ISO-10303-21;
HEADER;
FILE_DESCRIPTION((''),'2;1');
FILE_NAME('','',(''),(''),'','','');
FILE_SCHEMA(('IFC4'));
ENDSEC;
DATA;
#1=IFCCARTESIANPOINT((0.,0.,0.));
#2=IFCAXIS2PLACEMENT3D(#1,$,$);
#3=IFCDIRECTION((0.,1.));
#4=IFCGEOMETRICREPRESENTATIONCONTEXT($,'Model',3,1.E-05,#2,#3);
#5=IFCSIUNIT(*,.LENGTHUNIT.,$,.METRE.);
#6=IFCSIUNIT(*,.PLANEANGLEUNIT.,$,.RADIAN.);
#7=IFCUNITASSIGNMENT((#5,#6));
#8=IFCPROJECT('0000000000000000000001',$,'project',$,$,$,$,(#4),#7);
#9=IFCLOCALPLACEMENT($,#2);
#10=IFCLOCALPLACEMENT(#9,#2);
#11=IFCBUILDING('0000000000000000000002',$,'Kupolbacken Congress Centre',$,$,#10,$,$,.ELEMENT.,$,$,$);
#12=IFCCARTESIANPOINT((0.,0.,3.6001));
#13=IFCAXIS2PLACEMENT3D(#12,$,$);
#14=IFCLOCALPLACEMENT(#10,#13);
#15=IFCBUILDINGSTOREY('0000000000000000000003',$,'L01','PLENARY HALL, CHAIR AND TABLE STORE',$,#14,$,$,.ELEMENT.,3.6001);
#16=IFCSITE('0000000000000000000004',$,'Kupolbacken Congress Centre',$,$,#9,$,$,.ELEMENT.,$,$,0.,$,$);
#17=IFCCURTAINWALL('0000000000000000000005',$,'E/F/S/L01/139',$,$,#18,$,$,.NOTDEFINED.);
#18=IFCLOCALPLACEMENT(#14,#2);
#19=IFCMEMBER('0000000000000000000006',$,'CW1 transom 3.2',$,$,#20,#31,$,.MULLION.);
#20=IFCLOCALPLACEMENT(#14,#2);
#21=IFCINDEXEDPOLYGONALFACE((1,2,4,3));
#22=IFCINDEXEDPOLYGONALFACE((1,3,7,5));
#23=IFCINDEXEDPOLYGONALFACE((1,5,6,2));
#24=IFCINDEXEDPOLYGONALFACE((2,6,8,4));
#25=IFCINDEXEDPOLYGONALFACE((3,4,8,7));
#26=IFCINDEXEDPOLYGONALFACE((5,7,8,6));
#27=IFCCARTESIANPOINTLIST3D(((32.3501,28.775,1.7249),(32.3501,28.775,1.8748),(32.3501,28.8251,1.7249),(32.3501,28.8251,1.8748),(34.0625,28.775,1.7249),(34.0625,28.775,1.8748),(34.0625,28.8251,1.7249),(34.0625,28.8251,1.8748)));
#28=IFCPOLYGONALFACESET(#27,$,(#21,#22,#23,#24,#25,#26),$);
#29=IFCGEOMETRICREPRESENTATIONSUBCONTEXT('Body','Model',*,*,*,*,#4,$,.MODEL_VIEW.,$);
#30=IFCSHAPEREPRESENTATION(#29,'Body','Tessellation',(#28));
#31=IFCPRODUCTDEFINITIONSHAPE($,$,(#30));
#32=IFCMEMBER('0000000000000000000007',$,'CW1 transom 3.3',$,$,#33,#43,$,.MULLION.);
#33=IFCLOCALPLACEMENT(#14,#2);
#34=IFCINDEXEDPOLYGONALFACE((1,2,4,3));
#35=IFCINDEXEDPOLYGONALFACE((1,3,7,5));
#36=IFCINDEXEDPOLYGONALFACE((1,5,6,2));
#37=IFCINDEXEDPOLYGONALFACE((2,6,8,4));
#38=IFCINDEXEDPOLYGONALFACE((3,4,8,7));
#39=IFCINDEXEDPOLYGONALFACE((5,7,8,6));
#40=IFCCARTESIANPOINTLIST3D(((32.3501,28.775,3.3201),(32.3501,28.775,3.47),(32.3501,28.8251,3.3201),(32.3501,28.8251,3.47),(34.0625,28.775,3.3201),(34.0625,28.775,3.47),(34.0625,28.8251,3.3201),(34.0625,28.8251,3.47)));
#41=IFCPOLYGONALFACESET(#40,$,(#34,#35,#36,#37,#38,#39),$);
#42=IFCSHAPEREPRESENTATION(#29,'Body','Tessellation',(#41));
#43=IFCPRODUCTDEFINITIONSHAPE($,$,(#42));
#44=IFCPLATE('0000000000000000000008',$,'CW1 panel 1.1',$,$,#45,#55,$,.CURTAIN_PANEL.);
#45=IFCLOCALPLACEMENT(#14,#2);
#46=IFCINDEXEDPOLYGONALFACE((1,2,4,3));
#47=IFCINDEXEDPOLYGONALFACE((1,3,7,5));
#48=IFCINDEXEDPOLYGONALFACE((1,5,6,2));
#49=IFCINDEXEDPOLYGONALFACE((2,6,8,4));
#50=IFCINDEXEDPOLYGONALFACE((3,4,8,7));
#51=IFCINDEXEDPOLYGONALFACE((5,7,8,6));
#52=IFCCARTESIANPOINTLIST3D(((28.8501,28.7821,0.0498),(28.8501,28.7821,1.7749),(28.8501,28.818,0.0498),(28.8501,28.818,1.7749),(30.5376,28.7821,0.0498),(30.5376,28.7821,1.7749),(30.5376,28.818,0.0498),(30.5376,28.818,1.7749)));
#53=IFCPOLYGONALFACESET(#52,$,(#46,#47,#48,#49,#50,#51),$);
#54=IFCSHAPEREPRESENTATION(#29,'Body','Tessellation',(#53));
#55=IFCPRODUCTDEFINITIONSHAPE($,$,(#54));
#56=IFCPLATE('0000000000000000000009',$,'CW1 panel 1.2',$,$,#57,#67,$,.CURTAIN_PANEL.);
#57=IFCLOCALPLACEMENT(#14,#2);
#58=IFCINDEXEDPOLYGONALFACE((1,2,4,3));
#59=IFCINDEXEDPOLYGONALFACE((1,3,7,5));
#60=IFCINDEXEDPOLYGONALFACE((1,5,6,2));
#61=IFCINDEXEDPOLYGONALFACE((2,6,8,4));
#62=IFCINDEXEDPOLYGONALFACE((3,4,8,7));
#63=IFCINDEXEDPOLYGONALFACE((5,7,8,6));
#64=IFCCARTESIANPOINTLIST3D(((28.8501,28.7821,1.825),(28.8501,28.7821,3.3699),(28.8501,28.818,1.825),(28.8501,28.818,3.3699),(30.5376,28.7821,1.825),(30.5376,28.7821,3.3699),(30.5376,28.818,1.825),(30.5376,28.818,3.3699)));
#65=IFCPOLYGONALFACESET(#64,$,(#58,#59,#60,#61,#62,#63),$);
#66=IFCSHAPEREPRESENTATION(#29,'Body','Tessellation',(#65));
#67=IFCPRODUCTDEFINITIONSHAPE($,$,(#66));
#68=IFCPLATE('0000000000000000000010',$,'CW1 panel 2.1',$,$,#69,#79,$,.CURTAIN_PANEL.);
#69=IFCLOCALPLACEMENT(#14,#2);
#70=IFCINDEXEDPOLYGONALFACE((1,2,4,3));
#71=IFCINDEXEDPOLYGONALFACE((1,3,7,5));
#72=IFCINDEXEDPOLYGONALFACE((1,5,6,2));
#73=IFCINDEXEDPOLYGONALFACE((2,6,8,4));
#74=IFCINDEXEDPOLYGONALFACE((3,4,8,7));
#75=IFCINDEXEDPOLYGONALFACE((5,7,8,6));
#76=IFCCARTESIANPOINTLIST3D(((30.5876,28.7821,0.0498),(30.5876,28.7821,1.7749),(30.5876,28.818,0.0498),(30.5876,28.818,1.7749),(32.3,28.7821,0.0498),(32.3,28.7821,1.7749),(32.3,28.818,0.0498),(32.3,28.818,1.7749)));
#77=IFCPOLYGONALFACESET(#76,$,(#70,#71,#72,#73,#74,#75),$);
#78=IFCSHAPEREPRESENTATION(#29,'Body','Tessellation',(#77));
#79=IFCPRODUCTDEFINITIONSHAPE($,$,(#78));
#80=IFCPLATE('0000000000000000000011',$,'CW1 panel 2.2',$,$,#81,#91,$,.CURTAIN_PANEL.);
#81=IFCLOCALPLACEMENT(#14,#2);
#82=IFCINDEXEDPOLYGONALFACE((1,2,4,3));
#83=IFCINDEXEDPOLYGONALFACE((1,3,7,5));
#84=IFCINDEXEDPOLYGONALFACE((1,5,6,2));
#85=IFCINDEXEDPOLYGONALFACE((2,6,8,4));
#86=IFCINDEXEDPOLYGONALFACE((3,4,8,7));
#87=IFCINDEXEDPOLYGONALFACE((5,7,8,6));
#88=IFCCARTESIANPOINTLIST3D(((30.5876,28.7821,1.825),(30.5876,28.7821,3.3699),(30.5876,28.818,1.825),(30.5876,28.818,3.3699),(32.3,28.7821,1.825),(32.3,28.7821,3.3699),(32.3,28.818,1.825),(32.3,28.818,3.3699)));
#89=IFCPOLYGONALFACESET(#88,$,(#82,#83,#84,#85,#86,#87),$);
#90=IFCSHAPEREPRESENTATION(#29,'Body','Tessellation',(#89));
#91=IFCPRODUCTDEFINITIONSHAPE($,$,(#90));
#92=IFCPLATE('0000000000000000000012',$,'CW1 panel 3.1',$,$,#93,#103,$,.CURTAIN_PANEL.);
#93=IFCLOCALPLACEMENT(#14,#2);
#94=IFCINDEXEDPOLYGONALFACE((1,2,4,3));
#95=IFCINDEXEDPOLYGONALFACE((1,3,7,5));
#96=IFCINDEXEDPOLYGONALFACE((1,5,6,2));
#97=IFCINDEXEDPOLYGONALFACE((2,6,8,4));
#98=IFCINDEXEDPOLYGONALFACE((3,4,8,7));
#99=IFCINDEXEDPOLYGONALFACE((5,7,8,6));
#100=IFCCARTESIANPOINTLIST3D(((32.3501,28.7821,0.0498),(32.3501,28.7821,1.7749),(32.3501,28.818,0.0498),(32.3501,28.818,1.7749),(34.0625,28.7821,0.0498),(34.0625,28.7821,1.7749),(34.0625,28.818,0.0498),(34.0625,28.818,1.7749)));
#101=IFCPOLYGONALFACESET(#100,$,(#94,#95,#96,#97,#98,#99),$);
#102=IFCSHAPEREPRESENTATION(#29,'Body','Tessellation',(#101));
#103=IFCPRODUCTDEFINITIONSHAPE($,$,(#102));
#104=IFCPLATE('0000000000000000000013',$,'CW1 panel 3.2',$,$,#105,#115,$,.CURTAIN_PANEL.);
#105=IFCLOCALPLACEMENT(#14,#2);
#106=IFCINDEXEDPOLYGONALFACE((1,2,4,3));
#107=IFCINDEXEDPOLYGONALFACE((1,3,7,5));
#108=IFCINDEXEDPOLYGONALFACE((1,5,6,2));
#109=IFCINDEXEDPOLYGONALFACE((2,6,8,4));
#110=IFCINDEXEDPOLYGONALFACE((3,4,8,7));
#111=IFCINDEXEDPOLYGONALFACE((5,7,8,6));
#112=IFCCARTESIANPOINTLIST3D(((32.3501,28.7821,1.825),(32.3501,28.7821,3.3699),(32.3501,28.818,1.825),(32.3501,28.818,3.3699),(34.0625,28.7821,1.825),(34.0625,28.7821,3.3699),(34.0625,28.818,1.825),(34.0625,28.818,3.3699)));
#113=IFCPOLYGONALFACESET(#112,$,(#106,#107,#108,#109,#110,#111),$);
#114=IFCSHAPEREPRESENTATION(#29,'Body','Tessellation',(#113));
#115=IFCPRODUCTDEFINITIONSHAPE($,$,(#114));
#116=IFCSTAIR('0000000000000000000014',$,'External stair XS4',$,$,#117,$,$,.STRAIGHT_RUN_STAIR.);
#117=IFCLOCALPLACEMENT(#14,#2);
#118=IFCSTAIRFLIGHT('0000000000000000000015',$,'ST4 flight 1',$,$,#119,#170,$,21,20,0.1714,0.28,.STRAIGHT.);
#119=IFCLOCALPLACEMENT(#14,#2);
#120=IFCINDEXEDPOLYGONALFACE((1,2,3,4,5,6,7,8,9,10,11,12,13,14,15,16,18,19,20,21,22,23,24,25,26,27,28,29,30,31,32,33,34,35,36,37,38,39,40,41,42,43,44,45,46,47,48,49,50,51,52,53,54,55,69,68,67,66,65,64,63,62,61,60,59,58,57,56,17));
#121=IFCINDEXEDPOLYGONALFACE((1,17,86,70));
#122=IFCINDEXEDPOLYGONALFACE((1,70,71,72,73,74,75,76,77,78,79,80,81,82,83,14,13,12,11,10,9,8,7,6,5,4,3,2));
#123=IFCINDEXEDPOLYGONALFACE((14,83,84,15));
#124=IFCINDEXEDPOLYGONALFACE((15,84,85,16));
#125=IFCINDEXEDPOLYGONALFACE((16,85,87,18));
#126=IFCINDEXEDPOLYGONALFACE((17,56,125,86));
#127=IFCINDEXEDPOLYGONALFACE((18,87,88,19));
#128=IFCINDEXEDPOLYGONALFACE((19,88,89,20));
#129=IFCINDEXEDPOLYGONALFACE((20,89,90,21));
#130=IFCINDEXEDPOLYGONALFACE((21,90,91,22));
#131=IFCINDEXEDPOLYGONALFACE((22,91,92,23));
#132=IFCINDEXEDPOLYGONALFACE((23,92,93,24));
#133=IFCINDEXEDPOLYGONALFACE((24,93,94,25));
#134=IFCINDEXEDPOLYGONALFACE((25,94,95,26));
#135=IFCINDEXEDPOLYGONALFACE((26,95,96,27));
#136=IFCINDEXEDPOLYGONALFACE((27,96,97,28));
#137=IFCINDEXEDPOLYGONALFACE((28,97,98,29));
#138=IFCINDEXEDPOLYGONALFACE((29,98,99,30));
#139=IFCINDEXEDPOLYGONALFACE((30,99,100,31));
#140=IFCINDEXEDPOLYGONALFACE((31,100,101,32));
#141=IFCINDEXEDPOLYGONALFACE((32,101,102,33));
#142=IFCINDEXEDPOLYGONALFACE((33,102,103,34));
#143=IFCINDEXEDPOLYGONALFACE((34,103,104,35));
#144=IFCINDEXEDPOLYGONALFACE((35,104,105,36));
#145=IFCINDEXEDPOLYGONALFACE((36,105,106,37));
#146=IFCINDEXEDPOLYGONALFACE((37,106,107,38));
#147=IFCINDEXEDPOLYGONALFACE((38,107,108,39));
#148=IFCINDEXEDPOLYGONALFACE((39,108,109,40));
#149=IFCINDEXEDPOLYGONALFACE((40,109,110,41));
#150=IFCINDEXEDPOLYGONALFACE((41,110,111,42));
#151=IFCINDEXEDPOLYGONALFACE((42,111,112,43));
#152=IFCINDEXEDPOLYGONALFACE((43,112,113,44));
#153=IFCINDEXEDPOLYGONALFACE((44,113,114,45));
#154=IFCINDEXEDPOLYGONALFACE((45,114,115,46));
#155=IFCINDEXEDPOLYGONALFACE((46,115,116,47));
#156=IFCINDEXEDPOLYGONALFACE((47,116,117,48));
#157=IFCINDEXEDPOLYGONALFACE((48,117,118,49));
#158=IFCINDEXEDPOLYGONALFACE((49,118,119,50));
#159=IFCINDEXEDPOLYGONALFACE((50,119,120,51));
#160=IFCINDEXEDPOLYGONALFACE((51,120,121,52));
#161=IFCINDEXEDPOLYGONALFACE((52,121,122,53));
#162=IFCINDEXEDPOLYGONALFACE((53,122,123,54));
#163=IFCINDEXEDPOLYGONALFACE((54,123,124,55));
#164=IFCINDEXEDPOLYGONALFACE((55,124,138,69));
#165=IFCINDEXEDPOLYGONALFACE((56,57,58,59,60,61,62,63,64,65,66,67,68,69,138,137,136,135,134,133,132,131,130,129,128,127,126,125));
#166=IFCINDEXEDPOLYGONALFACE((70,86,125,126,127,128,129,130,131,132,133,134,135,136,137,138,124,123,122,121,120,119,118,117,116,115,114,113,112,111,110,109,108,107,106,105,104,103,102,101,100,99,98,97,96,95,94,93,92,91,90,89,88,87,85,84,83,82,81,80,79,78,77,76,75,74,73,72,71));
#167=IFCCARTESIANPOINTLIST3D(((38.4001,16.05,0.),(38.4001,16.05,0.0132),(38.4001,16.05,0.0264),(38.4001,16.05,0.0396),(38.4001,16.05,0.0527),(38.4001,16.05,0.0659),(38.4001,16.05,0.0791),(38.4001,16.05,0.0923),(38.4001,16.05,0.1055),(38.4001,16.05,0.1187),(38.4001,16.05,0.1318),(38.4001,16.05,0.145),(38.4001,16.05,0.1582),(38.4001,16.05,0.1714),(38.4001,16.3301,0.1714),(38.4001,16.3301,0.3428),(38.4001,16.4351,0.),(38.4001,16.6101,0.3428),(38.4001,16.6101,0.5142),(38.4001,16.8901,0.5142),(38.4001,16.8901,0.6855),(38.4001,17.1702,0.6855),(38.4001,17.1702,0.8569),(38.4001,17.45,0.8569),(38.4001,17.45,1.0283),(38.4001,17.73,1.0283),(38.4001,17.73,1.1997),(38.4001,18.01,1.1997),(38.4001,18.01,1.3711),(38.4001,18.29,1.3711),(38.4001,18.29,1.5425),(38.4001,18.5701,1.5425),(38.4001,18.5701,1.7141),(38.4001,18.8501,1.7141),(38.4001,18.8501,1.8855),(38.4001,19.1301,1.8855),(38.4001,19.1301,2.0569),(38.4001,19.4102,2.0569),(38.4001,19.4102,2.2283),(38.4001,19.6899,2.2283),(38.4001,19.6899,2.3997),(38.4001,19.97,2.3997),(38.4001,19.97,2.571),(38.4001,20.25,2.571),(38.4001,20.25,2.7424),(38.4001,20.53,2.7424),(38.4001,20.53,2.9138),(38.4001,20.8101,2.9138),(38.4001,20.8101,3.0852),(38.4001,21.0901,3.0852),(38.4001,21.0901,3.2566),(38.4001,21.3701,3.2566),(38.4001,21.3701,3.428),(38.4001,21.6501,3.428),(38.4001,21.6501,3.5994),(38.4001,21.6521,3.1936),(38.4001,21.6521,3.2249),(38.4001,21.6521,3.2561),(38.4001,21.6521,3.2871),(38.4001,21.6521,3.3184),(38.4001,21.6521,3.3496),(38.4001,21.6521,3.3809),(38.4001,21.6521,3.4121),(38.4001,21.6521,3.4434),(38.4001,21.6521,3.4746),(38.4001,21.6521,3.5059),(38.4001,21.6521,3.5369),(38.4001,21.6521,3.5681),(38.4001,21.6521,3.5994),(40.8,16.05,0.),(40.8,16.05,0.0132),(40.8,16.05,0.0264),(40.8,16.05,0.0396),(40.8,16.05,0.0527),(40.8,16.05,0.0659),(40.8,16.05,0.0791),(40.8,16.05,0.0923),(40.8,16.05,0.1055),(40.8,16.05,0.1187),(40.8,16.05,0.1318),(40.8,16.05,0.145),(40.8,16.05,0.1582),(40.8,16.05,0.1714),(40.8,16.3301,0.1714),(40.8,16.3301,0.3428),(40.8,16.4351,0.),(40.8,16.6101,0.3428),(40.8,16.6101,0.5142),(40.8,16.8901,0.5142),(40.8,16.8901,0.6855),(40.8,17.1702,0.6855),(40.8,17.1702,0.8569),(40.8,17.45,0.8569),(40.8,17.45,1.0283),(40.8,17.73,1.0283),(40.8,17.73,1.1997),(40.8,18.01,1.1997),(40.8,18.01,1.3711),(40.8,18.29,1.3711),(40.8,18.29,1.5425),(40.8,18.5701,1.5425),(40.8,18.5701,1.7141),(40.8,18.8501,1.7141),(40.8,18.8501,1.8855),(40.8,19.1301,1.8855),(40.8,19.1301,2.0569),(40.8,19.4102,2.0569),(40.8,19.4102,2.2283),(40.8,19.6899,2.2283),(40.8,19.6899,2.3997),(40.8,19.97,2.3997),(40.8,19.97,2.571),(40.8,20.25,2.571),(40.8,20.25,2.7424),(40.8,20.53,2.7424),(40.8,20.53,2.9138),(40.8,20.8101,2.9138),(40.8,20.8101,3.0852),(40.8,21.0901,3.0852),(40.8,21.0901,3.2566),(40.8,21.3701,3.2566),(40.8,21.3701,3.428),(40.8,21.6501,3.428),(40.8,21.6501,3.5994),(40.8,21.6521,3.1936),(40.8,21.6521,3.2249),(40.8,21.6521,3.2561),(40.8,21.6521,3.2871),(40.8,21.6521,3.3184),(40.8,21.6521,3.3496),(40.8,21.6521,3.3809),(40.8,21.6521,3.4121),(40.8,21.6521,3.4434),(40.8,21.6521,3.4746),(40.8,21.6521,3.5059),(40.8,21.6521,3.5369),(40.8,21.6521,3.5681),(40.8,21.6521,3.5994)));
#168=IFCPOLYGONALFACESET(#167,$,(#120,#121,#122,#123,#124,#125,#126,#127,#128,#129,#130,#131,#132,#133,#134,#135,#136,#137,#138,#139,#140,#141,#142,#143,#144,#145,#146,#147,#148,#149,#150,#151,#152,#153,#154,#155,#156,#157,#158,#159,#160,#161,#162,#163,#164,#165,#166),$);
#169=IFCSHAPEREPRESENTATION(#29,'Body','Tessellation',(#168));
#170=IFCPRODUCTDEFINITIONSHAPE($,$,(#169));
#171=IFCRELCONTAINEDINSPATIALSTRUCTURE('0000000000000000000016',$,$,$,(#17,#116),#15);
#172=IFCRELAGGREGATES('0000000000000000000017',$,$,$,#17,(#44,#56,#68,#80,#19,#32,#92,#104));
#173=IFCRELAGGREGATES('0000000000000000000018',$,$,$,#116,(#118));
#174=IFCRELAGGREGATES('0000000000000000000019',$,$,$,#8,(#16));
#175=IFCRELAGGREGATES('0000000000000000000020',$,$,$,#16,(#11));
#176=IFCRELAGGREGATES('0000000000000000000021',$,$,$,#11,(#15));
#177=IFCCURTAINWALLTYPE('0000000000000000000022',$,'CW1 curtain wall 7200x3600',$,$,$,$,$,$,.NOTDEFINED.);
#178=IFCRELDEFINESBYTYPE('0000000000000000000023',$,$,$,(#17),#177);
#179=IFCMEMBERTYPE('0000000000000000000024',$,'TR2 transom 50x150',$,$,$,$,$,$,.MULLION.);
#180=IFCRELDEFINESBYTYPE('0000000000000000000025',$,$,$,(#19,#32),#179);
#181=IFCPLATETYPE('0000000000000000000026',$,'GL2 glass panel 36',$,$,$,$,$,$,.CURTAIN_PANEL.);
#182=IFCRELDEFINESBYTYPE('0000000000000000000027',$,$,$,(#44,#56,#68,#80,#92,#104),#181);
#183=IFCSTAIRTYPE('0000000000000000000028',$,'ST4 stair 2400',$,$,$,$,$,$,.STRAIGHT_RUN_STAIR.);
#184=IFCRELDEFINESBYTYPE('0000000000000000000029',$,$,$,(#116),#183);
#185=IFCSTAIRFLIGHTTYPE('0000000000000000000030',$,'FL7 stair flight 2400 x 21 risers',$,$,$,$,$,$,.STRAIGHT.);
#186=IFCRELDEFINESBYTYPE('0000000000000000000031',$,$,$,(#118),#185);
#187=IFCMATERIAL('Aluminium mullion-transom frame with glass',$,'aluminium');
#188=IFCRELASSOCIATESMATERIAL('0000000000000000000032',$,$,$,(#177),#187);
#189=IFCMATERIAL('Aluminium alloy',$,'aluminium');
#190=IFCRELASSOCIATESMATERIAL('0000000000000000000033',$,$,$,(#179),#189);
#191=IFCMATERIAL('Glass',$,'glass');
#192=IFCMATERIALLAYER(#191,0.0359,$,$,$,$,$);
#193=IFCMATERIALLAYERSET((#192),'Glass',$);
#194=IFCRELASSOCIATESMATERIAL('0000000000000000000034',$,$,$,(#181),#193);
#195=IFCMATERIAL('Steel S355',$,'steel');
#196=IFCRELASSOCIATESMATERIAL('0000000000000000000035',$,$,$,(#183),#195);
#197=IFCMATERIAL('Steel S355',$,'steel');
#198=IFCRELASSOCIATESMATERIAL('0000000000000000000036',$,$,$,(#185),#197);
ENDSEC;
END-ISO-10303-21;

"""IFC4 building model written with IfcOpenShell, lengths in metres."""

from ifc_helpers import new_model, si_unit, direction, frame, origin, origin_2d, place, context, subcontext, project, spatial, polyline, rectangle, outline, extrude, material, layer, layer_set, material_profile, profile_set, type_object, element, aggregate, save


model = new_model("IFC4")

# Units and contexts
model_context = context("Model", 3, precision=1e-05, world=origin(), true_north=direction((0.0, 1.0)))
body_context = subcontext(model_context, "Body", "Model", "MODEL_VIEW")
ifc_project = project(units=[si_unit("LENGTHUNIT", "METRE"), si_unit("PLANEANGLEUNIT", "RADIAN")], contexts=[model_context])

# Site, building, storey
site_placement = place(None, origin())
site = spatial("IfcSite", under=ifc_project, at=site_placement, Name="Kupolbacken Congress Centre", CompositionType="ELEMENT", RefElevation=0.0)
building_placement = place(site_placement, origin())
building = spatial("IfcBuilding", under=site, at=building_placement, Name="Kupolbacken Congress Centre", CompositionType="ELEMENT")
storey_placement = place(building_placement, frame((0.0, 0.0, 3.6001)))
storey = spatial("IfcBuildingStorey", under=building, at=storey_placement, Name="L01", Description="PLENARY HALL, CHAIR AND TABLE STORE", CompositionType="ELEMENT", Elevation=3.6001)

# Curtain wall, members, plates
ifc_material_1 = material(Name="Aluminium mullion-transom frame with glass", Category="aluminium")
curtain_wall_type = type_object("IfcCurtainWallType", Name="CW1 curtain wall 7200x3600", PredefinedType="NOTDEFINED", material=ifc_material_1)
curtain_wall_placement = place(storey_placement, origin())
curtain_wall = element("IfcCurtainWall", 1, at=curtain_wall_placement, inside=storey, type_object=curtain_wall_type, Name="E/F/S/L01/139", PredefinedType="NOTDEFINED")
ifc_material_2 = material(Name="Aluminium alloy", Category="aluminium")
ifc_material_profile_1 = material_profile(ifc_material_2, rectangle(XDim=0.05, YDim=0.1499, at=origin_2d()), Name="50 x 150")
ifc_profile_set_1 = profile_set([ifc_material_profile_1], Name="Aluminium alloy")
member_type_1 = type_object("IfcMemberType", Name="TR2 transom 50x150", PredefinedType="MULLION", material=ifc_profile_set_1)
member_1_placement = place(storey_placement, frame((32.3501, 28.8, 1.7998), z_axis=(1.0, 0.0, 0.0), x_axis=(0.0, 1.0, 0.0)))
member_1 = element("IfcMember", 2, at=member_1_placement, type_object=member_type_1, Name="CW1 transom 3.2", PredefinedType="MULLION", context=body_context, shape_type="SweptSolid", body=[
    extrude(rectangle(XDim=0.05, YDim=0.1499, at=origin_2d()), origin(), (0.0, 0.0, 1.0), 1.7124),
])
member_2_placement = place(storey_placement, frame((32.3501, 28.8, 3.395), z_axis=(1.0, 0.0, 0.0), x_axis=(0.0, 1.0, 0.0)))
member_2 = element("IfcMember", 3, at=member_2_placement, type_object=member_type_1, Name="CW1 transom 3.3", PredefinedType="MULLION", context=body_context, shape_type="SweptSolid", body=[
    extrude(rectangle(XDim=0.05, YDim=0.1499, at=origin_2d()), origin(), (0.0, 0.0, 1.0), 1.7124),
])
ifc_material_3 = material(Name="Glass", Category="glass")
ifc_layer_1 = layer(ifc_material_3, 0.0359)
ifc_layer_set_1 = layer_set([ifc_layer_1], Name="Glass")
plate_type = type_object("IfcPlateType", Name="GL2 glass panel 36", PredefinedType="CURTAIN_PANEL", material=ifc_layer_set_1)
plate_1_placement = place(storey_placement, frame((29.6938, 28.8, 0.0498), z_axis=(0.0, 0.0, 1.0), x_axis=(1.0, 0.0, 0.0)))
plate_1 = element("IfcPlate", 4, at=plate_1_placement, type_object=plate_type, Name="CW1 panel 1.1", PredefinedType="CURTAIN_PANEL", context=body_context, shape_type="SweptSolid", body=[
    extrude(rectangle(XDim=1.6875, YDim=0.0359, at=origin_2d()), origin(), (0.0, 0.0, 1.0), 1.7251),
])
plate_2_placement = place(storey_placement, frame((29.6938, 28.8, 1.825), z_axis=(0.0, 0.0, 1.0), x_axis=(1.0, 0.0, 0.0)))
plate_2 = element("IfcPlate", 5, at=plate_2_placement, type_object=plate_type, Name="CW1 panel 1.2", PredefinedType="CURTAIN_PANEL", context=body_context, shape_type="SweptSolid", body=[
    extrude(rectangle(XDim=1.6875, YDim=0.0359, at=origin_2d()), origin(), (0.0, 0.0, 1.0), 1.5449),
])
plate_3_placement = place(storey_placement, frame((31.4438, 28.8, 0.0498), z_axis=(0.0, 0.0, 1.0), x_axis=(1.0, 0.0, 0.0)))
plate_3 = element("IfcPlate", 6, at=plate_3_placement, type_object=plate_type, Name="CW1 panel 2.1", PredefinedType="CURTAIN_PANEL", context=body_context, shape_type="SweptSolid", body=[
    extrude(rectangle(XDim=1.7124, YDim=0.0359, at=origin_2d()), origin(), (0.0, 0.0, 1.0), 1.7251),
])
plate_4_placement = place(storey_placement, frame((31.4438, 28.8, 1.825), z_axis=(0.0, 0.0, 1.0), x_axis=(1.0, 0.0, 0.0)))
plate_4 = element("IfcPlate", 7, at=plate_4_placement, type_object=plate_type, Name="CW1 panel 2.2", PredefinedType="CURTAIN_PANEL", context=body_context, shape_type="SweptSolid", body=[
    extrude(rectangle(XDim=1.7124, YDim=0.0359, at=origin_2d()), origin(), (0.0, 0.0, 1.0), 1.5449),
])
plate_5_placement = place(storey_placement, frame((33.2063, 28.8, 0.0498), z_axis=(0.0, 0.0, 1.0), x_axis=(1.0, 0.0, 0.0)))
plate_5 = element("IfcPlate", 8, at=plate_5_placement, type_object=plate_type, Name="CW1 panel 3.1", PredefinedType="CURTAIN_PANEL", context=body_context, shape_type="SweptSolid", body=[
    extrude(rectangle(XDim=1.7124, YDim=0.0359, at=origin_2d()), origin(), (0.0, 0.0, 1.0), 1.7251),
])
plate_6_placement = place(storey_placement, frame((33.2063, 28.8, 1.825), z_axis=(0.0, 0.0, 1.0), x_axis=(1.0, 0.0, 0.0)))
plate_6 = element("IfcPlate", 9, at=plate_6_placement, type_object=plate_type, Name="CW1 panel 3.2", PredefinedType="CURTAIN_PANEL", context=body_context, shape_type="SweptSolid", body=[
    extrude(rectangle(XDim=1.7124, YDim=0.0359, at=origin_2d()), origin(), (0.0, 0.0, 1.0), 1.5449),
])
aggregate(curtain_wall, [plate_1, plate_2, plate_3, plate_4, member_1, member_2, plate_5, plate_6])

# Stair, stair flight
ifc_material_4 = material(Name="Steel S355", Category="steel")
stair_type = type_object("IfcStairType", Name="ST4 stair 2400", PredefinedType="STRAIGHT_RUN_STAIR", material=ifc_material_4)
stair_placement = place(storey_placement, origin())
stair = element("IfcStair", 10, at=stair_placement, inside=storey, type_object=stair_type, Name="External stair XS4", PredefinedType="STRAIGHT_RUN_STAIR")
ifc_material_5 = material(Name="Steel S355", Category="steel")
stair_flight_type = type_object("IfcStairFlightType", Name="FL7 stair flight 2400 x 21 risers", PredefinedType="STRAIGHT", material=ifc_material_5)
stair_flight_placement = place(storey_placement, frame((39.6001, 16.05, 0.0), z_axis=(0.0, 0.0, 1.0), x_axis=(0.0, 1.0, 0.0)))
stair_flight = element("IfcStairFlight", 11, at=stair_flight_placement, type_object=stair_flight_type, Name="ST4 flight 1", NumberOfRisers=21, NumberOfTreads=20, PredefinedType="STRAIGHT", RiserHeight=0.1714, TreadLength=0.28, context=body_context, shape_type="SweptSolid", body=[
    extrude(outline(polyline([(0.0, 0.0), (0.0, 0.0132), (0.0, 0.0264), (0.0, 0.0396), (0.0, 0.0527), (0.0, 0.0659), (0.0, 0.0791), (0.0, 0.0923), (0.0, 0.1055), (0.0, 0.1187), (0.0, 0.1318), (0.0, 0.145), (0.0, 0.1582), (0.0, 0.1714), (0.28, 0.1714), (0.28, 0.3428), (0.5601, 0.3428), (0.5601, 0.5142), (0.8401, 0.5142), (0.8401, 0.6855), (1.1201, 0.6855), (1.1201, 0.8569), (1.3999, 0.8569), (1.3999, 1.0283), (1.6799, 1.0283), (1.6799, 1.1997), (1.96, 1.1997), (1.96, 1.3711), (2.24, 1.3711), (2.24, 1.5425), (2.52, 1.5425), (2.52, 1.7141), (2.8, 1.7141), (2.8, 1.8855), (3.0801, 1.8855), (3.0801, 2.0569), (3.3601, 2.0569), (3.3601, 2.2283), (3.6399, 2.2283), (3.6399, 2.3997), (3.9199, 2.3997), (3.9199, 2.571), (4.2, 2.571), (4.2, 2.7424), (4.48, 2.7424), (4.48, 2.9138), (4.76, 2.9138), (4.76, 3.0852), (5.04, 3.0852), (5.04, 3.2566), (5.3201, 3.2566), (5.3201, 3.428), (5.6001, 3.428), (5.6001, 3.5994), (5.6021, 3.5994), (5.6021, 3.5681), (5.6021, 3.5369), (5.6021, 3.5059), (5.6021, 3.4746), (5.6021, 3.4434), (5.6021, 3.4121), (5.6021, 3.3809), (5.6021, 3.3496), (5.6021, 3.3184), (5.6021, 3.2871), (5.6021, 3.2561), (5.6021, 3.2249), (5.6021, 3.1936), (0.385, 0.0), (0.0, 0.0)])), frame((0.0, 1.2, 0.0), z_axis=(0.0, -1.0, 0.0), x_axis=(1.0, 0.0, 0.0)), (0.0, 0.0, 1.0), 2.3999),
])
aggregate(stair, [stair_flight])

save(model, "model.ifc")
